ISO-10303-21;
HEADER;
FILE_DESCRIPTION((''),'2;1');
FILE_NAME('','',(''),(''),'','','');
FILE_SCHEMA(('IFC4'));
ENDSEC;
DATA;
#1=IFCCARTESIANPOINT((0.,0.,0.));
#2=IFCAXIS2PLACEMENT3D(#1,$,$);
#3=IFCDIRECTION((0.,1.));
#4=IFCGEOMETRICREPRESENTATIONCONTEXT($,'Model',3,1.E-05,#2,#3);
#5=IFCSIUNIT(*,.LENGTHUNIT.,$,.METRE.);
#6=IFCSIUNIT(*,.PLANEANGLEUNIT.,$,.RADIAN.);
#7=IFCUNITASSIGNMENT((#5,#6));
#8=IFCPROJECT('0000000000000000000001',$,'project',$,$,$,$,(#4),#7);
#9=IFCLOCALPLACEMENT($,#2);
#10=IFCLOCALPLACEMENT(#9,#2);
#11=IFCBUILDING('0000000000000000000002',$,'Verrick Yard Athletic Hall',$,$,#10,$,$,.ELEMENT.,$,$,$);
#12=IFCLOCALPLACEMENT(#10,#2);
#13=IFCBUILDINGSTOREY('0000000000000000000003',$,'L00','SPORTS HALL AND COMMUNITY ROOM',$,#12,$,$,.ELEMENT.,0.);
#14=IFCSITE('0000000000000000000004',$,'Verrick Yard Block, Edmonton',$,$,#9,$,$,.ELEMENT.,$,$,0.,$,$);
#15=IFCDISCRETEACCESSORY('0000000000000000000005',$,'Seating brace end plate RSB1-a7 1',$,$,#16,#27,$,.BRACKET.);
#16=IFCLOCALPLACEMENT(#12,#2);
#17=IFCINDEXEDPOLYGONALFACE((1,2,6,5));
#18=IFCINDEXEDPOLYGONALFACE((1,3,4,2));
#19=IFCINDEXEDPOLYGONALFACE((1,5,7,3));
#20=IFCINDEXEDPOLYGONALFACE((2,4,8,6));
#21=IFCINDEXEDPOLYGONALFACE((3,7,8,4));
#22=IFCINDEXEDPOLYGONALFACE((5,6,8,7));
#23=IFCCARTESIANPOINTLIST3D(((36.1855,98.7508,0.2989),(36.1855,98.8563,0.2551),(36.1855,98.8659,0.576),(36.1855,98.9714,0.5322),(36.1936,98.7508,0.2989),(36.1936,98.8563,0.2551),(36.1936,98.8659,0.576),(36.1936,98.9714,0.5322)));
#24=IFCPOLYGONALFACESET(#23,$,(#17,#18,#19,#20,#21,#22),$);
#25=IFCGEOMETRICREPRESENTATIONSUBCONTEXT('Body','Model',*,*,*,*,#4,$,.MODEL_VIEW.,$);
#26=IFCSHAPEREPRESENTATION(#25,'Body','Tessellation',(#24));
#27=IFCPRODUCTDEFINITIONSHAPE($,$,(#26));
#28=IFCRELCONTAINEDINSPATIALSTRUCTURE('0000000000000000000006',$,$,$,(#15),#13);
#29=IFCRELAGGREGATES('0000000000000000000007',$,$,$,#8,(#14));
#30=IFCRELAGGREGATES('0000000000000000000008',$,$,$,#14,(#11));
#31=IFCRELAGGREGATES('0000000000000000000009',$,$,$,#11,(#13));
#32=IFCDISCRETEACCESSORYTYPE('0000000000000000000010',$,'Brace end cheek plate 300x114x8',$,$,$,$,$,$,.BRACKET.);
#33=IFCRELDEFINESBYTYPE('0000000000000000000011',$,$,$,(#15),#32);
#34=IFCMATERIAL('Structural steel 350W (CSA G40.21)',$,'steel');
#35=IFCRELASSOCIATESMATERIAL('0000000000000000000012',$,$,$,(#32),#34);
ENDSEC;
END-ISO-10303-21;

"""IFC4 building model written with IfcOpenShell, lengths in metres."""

from ifc_helpers import new_model, si_unit, direction, frame, origin, origin_2d, place, context, subcontext, project, spatial, rectangle, extrude, material, material_profile, profile_set, type_object, element, save


model = new_model("IFC4")

# Units and contexts
model_context = context("Model", 3, precision=1e-05, world=origin(), true_north=direction((0.0, 1.0)))
body_context = subcontext(model_context, "Body", "Model", "MODEL_VIEW")
ifc_project = project(units=[si_unit("LENGTHUNIT", "METRE"), si_unit("PLANEANGLEUNIT", "RADIAN")], contexts=[model_context])

# Site, building, storey
site_placement = place(None, origin())
site = spatial("IfcSite", under=ifc_project, at=site_placement, Name="Verrick Yard Block, Edmonton", CompositionType="ELEMENT", RefElevation=0.0)
building_placement = place(site_placement, origin())
building = spatial("IfcBuilding", under=site, at=building_placement, Name="Verrick Yard Athletic Hall", CompositionType="ELEMENT")
storey_placement = place(building_placement, origin())
storey = spatial("IfcBuildingStorey", under=building, at=storey_placement, Name="L00", Description="SPORTS HALL AND COMMUNITY ROOM", CompositionType="ELEMENT", Elevation=0.0)

# Discrete accessory
ifc_material_1 = material(Name="Structural steel 350W (CSA G40.21)", Category="steel")
ifc_material_profile_1 = material_profile(ifc_material_1, rectangle(XDim=0.3, YDim=0.1143, at=origin_2d()), Name="Brace end cheek plate")
ifc_profile_set_1 = profile_set([ifc_material_profile_1], Name="Structural steel 350W (CSA G40.21)")
discrete_accessory_type = type_object("IfcDiscreteAccessoryType", Name="Brace end cheek plate 300x114x8", PredefinedType="BRACKET", material=ifc_profile_set_1)
discrete_accessory_placement = place(storey_placement, frame((36.1936, 98.8611, 0.4155), z_axis=(-1.0, 0.0, 0.0), x_axis=(0.0, 0.383566, 0.923513)))
element("IfcDiscreteAccessory", 1, at=discrete_accessory_placement, inside=storey, type_object=discrete_accessory_type, Name="Seating brace end plate RSB1-a7 1", PredefinedType="BRACKET", context=body_context, shape_type="SweptSolid", body=[
    extrude(rectangle(XDim=0.3, YDim=0.1143, at=origin_2d()), origin(), (0.0, 0.0, 1.0), 0.0081),
])

save(model, "model.ifc")
